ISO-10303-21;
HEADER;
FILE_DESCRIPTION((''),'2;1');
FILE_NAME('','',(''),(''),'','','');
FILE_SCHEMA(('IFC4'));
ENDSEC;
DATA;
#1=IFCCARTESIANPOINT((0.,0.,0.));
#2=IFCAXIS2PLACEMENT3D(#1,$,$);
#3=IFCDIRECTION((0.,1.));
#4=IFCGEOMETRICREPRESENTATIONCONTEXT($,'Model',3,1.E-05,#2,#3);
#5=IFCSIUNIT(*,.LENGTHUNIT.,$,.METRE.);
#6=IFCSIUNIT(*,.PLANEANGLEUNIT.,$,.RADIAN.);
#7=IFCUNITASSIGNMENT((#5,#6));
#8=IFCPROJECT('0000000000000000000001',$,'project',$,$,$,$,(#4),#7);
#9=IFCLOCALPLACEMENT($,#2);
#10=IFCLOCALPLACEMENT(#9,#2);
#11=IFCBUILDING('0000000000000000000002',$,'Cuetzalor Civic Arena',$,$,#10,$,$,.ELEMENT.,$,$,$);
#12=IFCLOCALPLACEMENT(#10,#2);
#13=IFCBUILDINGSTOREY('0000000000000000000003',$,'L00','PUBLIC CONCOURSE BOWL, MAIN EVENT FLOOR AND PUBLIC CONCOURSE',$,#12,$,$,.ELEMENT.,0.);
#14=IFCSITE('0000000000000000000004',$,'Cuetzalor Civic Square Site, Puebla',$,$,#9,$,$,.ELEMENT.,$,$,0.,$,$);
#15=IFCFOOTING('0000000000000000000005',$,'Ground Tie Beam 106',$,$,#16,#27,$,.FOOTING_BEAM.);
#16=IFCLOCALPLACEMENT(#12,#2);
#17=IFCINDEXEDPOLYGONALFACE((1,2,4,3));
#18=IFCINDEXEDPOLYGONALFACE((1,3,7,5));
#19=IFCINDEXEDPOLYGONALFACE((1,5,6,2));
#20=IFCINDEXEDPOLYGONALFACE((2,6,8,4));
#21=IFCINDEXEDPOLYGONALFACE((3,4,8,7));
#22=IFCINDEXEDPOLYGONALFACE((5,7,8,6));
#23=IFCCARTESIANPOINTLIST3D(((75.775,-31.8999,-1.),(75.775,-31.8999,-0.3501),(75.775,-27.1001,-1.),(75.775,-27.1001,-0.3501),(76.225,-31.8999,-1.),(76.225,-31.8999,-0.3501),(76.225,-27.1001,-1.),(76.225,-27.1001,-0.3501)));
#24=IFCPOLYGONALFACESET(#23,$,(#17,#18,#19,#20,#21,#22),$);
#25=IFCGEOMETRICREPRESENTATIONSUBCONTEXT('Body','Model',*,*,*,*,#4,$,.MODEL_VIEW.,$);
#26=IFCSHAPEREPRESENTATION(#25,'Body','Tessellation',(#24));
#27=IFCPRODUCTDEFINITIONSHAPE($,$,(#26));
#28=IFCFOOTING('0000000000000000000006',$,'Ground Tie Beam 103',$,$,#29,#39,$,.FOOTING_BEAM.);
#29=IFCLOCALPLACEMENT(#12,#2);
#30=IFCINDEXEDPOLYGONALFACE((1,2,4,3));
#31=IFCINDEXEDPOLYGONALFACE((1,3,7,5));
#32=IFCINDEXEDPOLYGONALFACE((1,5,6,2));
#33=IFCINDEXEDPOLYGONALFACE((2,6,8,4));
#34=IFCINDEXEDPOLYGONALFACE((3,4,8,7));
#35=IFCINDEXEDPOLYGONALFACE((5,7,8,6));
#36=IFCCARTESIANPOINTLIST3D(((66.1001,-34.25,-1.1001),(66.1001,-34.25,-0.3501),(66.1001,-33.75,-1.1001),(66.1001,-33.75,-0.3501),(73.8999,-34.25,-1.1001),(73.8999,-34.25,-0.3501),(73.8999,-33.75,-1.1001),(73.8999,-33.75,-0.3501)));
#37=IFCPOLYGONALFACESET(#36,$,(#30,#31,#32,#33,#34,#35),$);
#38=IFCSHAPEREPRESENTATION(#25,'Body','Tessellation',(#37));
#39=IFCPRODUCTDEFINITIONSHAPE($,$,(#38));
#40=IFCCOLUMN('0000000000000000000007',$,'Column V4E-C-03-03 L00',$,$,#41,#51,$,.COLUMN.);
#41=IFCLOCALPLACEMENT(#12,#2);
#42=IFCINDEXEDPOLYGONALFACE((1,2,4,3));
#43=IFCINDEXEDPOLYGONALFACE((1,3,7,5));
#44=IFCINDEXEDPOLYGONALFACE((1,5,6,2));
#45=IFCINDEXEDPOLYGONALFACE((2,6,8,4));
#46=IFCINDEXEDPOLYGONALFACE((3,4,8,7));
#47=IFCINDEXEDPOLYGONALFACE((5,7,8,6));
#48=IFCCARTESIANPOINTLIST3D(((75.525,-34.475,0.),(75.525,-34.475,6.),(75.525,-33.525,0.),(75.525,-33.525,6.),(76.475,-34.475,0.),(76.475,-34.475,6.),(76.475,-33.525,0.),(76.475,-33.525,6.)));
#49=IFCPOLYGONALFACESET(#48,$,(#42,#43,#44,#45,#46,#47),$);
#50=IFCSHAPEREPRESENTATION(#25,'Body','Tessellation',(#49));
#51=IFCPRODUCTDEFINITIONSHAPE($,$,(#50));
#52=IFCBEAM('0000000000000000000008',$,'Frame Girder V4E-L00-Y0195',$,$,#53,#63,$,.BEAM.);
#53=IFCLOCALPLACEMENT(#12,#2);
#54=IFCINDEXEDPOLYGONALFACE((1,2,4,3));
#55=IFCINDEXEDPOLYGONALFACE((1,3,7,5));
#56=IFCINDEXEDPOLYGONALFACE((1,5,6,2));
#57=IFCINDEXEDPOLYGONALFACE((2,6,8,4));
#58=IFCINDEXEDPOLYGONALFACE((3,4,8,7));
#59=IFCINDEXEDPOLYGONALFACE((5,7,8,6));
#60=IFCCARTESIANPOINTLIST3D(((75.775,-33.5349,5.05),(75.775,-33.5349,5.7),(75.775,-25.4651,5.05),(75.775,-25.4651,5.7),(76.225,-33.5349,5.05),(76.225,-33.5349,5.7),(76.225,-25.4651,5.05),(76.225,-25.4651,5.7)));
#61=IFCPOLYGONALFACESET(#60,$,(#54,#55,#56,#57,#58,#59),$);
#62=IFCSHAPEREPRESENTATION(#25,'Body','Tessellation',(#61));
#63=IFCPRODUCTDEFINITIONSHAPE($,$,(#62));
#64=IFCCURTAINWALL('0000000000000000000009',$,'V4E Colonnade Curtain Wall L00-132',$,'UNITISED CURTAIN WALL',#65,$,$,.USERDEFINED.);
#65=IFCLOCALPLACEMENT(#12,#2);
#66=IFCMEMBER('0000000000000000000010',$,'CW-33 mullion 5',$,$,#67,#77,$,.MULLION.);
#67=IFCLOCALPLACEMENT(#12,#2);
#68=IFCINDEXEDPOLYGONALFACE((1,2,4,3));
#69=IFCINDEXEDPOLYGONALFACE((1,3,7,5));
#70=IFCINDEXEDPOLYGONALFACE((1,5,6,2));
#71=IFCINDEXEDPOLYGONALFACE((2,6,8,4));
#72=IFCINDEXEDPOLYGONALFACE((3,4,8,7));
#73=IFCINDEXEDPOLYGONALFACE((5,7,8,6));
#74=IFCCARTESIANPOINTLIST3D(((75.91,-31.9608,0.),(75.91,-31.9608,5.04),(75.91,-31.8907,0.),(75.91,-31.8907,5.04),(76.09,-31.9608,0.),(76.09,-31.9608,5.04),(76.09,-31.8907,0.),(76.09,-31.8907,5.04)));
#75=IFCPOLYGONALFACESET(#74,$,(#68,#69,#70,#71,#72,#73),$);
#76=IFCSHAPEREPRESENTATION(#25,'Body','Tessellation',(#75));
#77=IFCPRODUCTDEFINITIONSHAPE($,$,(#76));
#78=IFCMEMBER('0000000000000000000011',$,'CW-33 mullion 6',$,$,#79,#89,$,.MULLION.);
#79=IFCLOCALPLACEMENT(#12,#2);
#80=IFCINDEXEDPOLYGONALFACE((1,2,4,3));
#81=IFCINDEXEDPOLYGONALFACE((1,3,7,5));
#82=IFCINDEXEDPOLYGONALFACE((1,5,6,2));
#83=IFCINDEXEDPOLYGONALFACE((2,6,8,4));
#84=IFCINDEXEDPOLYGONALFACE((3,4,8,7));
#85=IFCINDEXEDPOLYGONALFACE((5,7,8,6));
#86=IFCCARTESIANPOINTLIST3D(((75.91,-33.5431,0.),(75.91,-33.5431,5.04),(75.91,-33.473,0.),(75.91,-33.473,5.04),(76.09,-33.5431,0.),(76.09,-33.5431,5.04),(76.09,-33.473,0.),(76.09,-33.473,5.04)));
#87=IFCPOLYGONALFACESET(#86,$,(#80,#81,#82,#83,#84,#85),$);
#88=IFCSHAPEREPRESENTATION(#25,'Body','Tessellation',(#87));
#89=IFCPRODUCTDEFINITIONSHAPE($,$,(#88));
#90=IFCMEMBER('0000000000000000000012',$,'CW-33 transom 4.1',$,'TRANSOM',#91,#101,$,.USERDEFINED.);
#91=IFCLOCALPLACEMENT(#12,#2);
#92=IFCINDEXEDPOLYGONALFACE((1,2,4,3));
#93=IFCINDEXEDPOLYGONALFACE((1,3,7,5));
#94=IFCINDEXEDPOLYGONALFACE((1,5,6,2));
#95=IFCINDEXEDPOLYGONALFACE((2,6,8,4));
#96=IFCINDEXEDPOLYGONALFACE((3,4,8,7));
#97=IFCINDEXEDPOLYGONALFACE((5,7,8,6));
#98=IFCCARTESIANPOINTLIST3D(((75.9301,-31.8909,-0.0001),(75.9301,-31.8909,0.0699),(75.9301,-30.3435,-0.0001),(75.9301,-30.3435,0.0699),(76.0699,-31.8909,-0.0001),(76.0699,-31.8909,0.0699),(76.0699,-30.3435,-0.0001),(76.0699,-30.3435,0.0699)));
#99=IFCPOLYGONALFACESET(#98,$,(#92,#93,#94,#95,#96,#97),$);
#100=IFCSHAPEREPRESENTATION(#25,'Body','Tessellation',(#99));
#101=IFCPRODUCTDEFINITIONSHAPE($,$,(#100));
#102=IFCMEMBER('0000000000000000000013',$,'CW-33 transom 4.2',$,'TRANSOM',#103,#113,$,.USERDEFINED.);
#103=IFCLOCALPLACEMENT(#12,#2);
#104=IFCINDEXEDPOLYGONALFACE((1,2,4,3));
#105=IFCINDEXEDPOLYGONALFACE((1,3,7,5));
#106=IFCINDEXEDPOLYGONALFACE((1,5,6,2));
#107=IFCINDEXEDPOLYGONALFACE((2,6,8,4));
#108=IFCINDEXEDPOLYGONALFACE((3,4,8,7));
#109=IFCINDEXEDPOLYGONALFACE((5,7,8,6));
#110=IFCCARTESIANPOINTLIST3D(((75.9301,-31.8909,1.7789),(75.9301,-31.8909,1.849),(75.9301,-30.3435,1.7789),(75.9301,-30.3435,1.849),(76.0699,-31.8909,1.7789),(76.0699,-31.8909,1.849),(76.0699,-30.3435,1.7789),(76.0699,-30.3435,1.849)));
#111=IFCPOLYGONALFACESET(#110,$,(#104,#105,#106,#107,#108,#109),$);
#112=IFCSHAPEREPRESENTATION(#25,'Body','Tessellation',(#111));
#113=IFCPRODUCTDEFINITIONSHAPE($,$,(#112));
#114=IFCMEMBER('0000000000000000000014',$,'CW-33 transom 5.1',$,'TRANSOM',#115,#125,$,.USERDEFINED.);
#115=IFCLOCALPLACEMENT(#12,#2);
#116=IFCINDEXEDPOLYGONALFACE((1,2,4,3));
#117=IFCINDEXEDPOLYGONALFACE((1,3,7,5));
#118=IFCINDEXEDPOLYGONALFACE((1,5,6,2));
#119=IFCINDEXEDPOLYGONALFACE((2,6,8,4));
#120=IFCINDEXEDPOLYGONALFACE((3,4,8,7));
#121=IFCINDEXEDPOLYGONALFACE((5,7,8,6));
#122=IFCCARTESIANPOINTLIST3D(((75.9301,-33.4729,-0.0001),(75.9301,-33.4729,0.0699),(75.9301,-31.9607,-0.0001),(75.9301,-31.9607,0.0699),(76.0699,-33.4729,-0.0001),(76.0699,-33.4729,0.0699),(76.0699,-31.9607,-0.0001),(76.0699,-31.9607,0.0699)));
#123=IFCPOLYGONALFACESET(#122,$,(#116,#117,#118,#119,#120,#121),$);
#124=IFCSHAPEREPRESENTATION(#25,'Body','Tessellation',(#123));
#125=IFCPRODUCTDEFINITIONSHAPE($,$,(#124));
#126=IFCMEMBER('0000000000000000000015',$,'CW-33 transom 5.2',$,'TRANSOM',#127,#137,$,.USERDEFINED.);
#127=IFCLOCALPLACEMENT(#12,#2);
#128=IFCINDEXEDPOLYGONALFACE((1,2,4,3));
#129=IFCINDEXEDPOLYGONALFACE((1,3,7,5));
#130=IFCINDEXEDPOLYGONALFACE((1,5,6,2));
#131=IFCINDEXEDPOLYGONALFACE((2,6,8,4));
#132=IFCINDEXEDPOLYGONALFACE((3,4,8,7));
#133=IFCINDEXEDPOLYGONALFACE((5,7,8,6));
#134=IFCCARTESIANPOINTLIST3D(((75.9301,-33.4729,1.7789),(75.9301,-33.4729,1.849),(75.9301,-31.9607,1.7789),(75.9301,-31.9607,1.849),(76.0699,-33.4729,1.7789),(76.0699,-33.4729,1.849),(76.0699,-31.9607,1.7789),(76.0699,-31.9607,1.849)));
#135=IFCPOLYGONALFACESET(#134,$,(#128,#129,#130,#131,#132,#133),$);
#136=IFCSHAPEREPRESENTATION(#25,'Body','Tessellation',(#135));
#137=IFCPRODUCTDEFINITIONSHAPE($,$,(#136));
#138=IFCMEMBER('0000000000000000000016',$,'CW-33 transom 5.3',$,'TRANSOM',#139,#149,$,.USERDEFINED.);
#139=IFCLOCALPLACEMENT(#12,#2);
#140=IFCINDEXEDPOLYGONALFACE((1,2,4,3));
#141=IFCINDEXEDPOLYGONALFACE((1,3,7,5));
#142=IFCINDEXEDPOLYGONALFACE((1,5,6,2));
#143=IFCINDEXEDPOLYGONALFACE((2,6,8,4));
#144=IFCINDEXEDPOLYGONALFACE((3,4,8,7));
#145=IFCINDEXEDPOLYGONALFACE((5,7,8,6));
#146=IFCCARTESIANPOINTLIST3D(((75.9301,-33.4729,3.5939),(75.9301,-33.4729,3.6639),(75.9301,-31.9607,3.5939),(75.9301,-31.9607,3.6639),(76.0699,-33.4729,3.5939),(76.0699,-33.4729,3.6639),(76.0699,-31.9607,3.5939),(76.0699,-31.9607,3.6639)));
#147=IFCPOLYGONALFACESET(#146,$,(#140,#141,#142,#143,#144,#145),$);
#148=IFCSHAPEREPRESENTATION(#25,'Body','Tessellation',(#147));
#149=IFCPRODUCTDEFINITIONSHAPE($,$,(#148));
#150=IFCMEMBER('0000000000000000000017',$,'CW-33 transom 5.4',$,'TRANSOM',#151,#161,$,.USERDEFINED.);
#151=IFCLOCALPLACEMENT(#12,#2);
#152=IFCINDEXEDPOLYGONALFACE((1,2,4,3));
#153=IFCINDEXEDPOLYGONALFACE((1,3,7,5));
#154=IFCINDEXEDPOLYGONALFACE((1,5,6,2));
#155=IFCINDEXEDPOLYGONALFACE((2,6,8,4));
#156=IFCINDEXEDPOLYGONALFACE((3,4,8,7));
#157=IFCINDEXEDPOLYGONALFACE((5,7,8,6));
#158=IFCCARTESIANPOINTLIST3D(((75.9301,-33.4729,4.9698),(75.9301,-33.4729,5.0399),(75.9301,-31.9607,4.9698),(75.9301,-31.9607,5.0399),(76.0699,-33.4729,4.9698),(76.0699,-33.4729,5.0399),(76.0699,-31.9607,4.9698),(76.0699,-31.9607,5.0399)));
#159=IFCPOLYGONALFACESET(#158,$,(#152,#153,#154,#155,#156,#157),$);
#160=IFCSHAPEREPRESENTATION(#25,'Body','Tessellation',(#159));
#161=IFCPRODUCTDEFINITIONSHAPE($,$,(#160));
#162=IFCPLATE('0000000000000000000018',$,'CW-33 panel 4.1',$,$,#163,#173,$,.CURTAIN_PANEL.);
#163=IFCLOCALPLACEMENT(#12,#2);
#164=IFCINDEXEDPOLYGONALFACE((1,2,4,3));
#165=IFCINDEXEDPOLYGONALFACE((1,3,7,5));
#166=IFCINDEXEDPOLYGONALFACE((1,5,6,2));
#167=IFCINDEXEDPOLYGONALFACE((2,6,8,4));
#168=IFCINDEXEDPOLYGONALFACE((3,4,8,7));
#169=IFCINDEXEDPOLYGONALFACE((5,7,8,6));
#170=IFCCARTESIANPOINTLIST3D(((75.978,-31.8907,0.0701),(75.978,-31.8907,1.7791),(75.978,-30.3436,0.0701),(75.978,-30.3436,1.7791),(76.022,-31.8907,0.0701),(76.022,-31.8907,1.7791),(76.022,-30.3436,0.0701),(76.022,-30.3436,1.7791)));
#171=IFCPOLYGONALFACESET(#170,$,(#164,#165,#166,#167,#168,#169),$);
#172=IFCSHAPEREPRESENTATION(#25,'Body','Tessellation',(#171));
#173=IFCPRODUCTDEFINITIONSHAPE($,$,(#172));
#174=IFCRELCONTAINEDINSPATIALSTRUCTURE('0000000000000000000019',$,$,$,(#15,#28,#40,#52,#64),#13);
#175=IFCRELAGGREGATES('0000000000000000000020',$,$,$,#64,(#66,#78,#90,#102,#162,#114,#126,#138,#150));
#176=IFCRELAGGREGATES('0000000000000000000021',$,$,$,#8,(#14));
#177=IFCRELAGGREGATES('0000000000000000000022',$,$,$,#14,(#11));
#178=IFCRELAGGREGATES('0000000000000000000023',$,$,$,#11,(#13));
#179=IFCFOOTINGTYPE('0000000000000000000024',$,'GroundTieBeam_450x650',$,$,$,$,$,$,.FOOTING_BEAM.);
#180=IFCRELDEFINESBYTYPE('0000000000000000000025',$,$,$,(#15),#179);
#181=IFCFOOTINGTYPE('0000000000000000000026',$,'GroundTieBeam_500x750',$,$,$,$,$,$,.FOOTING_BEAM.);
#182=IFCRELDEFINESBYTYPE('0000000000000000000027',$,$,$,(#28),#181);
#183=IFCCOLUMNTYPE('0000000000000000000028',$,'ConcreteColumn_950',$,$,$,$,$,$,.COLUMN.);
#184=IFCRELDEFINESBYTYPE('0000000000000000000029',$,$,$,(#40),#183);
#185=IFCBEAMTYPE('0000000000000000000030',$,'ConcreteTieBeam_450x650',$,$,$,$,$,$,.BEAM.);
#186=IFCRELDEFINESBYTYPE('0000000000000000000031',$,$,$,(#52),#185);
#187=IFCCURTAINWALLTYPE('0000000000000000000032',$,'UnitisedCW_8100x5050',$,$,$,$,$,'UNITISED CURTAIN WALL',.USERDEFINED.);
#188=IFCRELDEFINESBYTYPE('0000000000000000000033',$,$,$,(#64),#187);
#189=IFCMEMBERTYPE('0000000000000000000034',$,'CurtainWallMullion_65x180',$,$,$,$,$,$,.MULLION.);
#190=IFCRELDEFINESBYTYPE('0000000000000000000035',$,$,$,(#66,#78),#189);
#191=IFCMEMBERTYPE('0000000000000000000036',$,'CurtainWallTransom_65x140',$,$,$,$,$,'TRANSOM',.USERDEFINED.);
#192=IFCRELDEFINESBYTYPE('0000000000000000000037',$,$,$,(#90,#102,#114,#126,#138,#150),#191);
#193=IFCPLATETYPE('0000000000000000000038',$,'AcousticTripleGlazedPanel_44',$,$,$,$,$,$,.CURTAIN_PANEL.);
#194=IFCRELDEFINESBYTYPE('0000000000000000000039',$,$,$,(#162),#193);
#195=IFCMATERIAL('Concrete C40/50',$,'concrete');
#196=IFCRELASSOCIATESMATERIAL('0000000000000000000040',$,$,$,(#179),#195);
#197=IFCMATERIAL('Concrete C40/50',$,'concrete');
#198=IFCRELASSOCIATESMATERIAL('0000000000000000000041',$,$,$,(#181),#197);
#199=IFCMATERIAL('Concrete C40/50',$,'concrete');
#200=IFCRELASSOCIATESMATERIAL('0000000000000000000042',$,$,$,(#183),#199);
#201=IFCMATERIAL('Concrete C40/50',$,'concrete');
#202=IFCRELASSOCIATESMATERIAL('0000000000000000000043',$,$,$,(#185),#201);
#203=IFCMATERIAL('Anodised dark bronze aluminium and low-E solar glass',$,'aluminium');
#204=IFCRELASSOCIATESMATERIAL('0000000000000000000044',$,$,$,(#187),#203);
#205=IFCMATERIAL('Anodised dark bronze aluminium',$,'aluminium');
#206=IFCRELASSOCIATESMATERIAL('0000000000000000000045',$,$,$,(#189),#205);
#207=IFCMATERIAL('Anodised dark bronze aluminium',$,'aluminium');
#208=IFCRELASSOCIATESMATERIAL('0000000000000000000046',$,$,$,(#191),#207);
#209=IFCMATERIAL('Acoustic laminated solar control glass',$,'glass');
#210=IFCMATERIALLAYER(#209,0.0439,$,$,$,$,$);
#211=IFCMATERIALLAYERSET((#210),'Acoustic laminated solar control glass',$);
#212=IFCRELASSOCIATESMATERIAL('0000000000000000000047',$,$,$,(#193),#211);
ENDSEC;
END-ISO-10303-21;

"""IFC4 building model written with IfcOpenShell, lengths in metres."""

from ifc_helpers import new_model, si_unit, direction, frame, origin, origin_2d, place, context, subcontext, project, spatial, rectangle, extrude, material, layer, layer_set, material_profile, profile_set, type_object, element, aggregate, save


model = new_model("IFC4")

# Units and contexts
model_context = context("Model", 3, precision=1e-05, world=origin(), true_north=direction((0.0, 1.0)))
body_context = subcontext(model_context, "Body", "Model", "MODEL_VIEW")
ifc_project = project(units=[si_unit("LENGTHUNIT", "METRE"), si_unit("PLANEANGLEUNIT", "RADIAN")], contexts=[model_context])

# Site, building, storey
site_placement = place(None, origin())
site = spatial("IfcSite", under=ifc_project, at=site_placement, Name="Cuetzalor Civic Square Site, Puebla", CompositionType="ELEMENT", RefElevation=0.0)
building_placement = place(site_placement, origin())
building = spatial("IfcBuilding", under=site, at=building_placement, Name="Cuetzalor Civic Arena", CompositionType="ELEMENT")
storey_placement = place(building_placement, origin())
storey = spatial("IfcBuildingStorey", under=building, at=storey_placement, Name="L00", Description="PUBLIC CONCOURSE BOWL, MAIN EVENT FLOOR AND PUBLIC CONCOURSE", CompositionType="ELEMENT", Elevation=0.0)

# Footings
ifc_material_1 = material(Name="Concrete C40/50", Category="concrete")
ifc_material_profile_1 = material_profile(ifc_material_1, rectangle(XDim=0.45, YDim=0.6499, at=origin_2d()), Name="RC 450x650")
ifc_profile_set_1 = profile_set([ifc_material_profile_1], Name="Concrete C40/50")
footing_type_1 = type_object("IfcFootingType", Name="GroundTieBeam_450x650", PredefinedType="FOOTING_BEAM", material=ifc_profile_set_1)
footing_1_placement = place(storey_placement, frame((76.0, -31.8999, -0.675), z_axis=(0.0, 1.0, 0.0), x_axis=(-1.0, 0.0, 0.0)))
element("IfcFooting", 1, at=footing_1_placement, inside=storey, type_object=footing_type_1, Name="Ground Tie Beam 106", PredefinedType="FOOTING_BEAM", context=body_context, shape_type="SweptSolid", body=[
    extrude(rectangle(XDim=0.45, YDim=0.6499, at=origin_2d()), origin(), (0.0, 0.0, 1.0), 4.7998),
])
ifc_material_2 = material(Name="Concrete C40/50", Category="concrete")
ifc_material_profile_2 = material_profile(ifc_material_2, rectangle(XDim=0.5, YDim=0.75, at=origin_2d()), Name="RC 500x750")
ifc_profile_set_2 = profile_set([ifc_material_profile_2], Name="Concrete C40/50")
footing_type_2 = type_object("IfcFootingType", Name="GroundTieBeam_500x750", PredefinedType="FOOTING_BEAM", material=ifc_profile_set_2)
footing_2_placement = place(storey_placement, frame((66.1001, -34.0, -0.7251), z_axis=(1.0, 0.0, 0.0), x_axis=(0.0, 1.0, 0.0)))
element("IfcFooting", 2, at=footing_2_placement, inside=storey, type_object=footing_type_2, Name="Ground Tie Beam 103", PredefinedType="FOOTING_BEAM", context=body_context, shape_type="SweptSolid", body=[
    extrude(rectangle(XDim=0.5, YDim=0.75, at=origin_2d()), origin(), (0.0, 0.0, 1.0), 7.7998),
])

# Column
ifc_material_3 = material(Name="Concrete C40/50", Category="concrete")
ifc_material_profile_3 = material_profile(ifc_material_3, rectangle(XDim=0.95, YDim=0.95, at=origin_2d()), Name="RC 950x950")
ifc_profile_set_3 = profile_set([ifc_material_profile_3], Name="Concrete C40/50")
column_type = type_object("IfcColumnType", Name="ConcreteColumn_950", PredefinedType="COLUMN", material=ifc_profile_set_3)
column_placement = place(storey_placement, frame((76.0, -34.0, 0.0), z_axis=(0.0, 0.0, 1.0), x_axis=(1.0, 0.0, 0.0)))
element("IfcColumn", 3, at=column_placement, inside=storey, type_object=column_type, Name="Column V4E-C-03-03 L00", PredefinedType="COLUMN", context=body_context, shape_type="SweptSolid", body=[
    extrude(rectangle(XDim=0.95, YDim=0.95, at=origin_2d()), origin(), (0.0, 0.0, 1.0), 6.0),
])

# Beam
ifc_material_4 = material(Name="Concrete C40/50", Category="concrete")
ifc_material_profile_4 = material_profile(ifc_material_4, rectangle(XDim=0.45, YDim=0.6499, at=origin_2d()), Name="RC 450x650")
ifc_profile_set_4 = profile_set([ifc_material_profile_4], Name="Concrete C40/50")
beam_type = type_object("IfcBeamType", Name="ConcreteTieBeam_450x650", PredefinedType="BEAM", material=ifc_profile_set_4)
beam_placement = place(storey_placement, frame((76.0, -33.5349, 5.375), z_axis=(0.0, 1.0, 0.0), x_axis=(-1.0, 0.0, 0.0)))
element("IfcBeam", 4, at=beam_placement, inside=storey, type_object=beam_type, Name="Frame Girder V4E-L00-Y0195", PredefinedType="BEAM", context=body_context, shape_type="SweptSolid", body=[
    extrude(rectangle(XDim=0.45, YDim=0.6499, at=origin_2d()), origin(), (0.0, 0.0, 1.0), 8.0698),
])

# Curtain wall, members, plate
ifc_material_5 = material(Name="Anodised dark bronze aluminium and low-E solar glass", Category="aluminium")
curtain_wall_type = type_object("IfcCurtainWallType", Name="UnitisedCW_8100x5050", ElementType="UNITISED CURTAIN WALL", PredefinedType="USERDEFINED", material=ifc_material_5)
curtain_wall_placement = place(storey_placement, origin())
curtain_wall = element("IfcCurtainWall", 5, at=curtain_wall_placement, inside=storey, type_object=curtain_wall_type, Name="V4E Colonnade Curtain Wall L00-132", ObjectType="UNITISED CURTAIN WALL", PredefinedType="USERDEFINED")
ifc_material_6 = material(Name="Anodised dark bronze aluminium", Category="aluminium")
ifc_material_profile_5 = material_profile(ifc_material_6, rectangle(XDim=0.0701, YDim=0.1799, at=origin_2d()), Name="ALU MULLION 70x180")
ifc_profile_set_5 = profile_set([ifc_material_profile_5], Name="Anodised dark bronze aluminium")
member_type_1 = type_object("IfcMemberType", Name="CurtainWallMullion_65x180", PredefinedType="MULLION", material=ifc_profile_set_5)
member_1_placement = place(storey_placement, frame((76.0, -31.9258, 0.0), z_axis=(0.0, 0.0, 1.0), x_axis=(0.0, -1.0, 0.0)))
member_1 = element("IfcMember", 6, at=member_1_placement, type_object=member_type_1, Name="CW-33 mullion 5", PredefinedType="MULLION", context=body_context, shape_type="SweptSolid", body=[
    extrude(rectangle(XDim=0.0701, YDim=0.1799, at=origin_2d()), origin(), (0.0, 0.0, 1.0), 5.04),
])
member_2_placement = place(storey_placement, frame((76.0, -33.5081, 0.0), z_axis=(0.0, 0.0, 1.0), x_axis=(0.0, -1.0, 0.0)))
member_2 = element("IfcMember", 7, at=member_2_placement, type_object=member_type_1, Name="CW-33 mullion 6", PredefinedType="MULLION", context=body_context, shape_type="SweptSolid", body=[
    extrude(rectangle(XDim=0.0701, YDim=0.1799, at=origin_2d()), origin(), (0.0, 0.0, 1.0), 5.04),
])
ifc_material_7 = material(Name="Anodised dark bronze aluminium", Category="aluminium")
ifc_material_profile_6 = material_profile(ifc_material_7, rectangle(XDim=0.1399, YDim=0.0701, at=origin_2d()), Name="ALU TRANSOM 70x140")
ifc_profile_set_6 = profile_set([ifc_material_profile_6], Name="Anodised dark bronze aluminium")
member_type_2 = type_object("IfcMemberType", Name="CurtainWallTransom_65x140", ElementType="TRANSOM", PredefinedType="USERDEFINED", material=ifc_profile_set_6)
member_3_placement = place(storey_placement, frame((76.0, -30.3435, 0.0349), z_axis=(0.0, -1.0, 0.0), x_axis=(1.0, 0.0, 0.0)))
member_3 = element("IfcMember", 8, at=member_3_placement, type_object=member_type_2, Name="CW-33 transom 4.1", ObjectType="TRANSOM", PredefinedType="USERDEFINED", context=body_context, shape_type="SweptSolid", body=[
    extrude(rectangle(XDim=0.1399, YDim=0.0701, at=origin_2d()), origin(), (0.0, 0.0, 1.0), 1.5474),
])
member_4_placement = place(storey_placement, frame((76.0, -30.3435, 1.814), z_axis=(0.0, -1.0, 0.0), x_axis=(1.0, 0.0, 0.0)))
member_4 = element("IfcMember", 9, at=member_4_placement, type_object=member_type_2, Name="CW-33 transom 4.2", ObjectType="TRANSOM", PredefinedType="USERDEFINED", context=body_context, shape_type="SweptSolid", body=[
    extrude(rectangle(XDim=0.1399, YDim=0.0701, at=origin_2d()), origin(), (0.0, 0.0, 1.0), 1.5474),
])
member_5_placement = place(storey_placement, frame((76.0, -31.9607, 0.0349), z_axis=(0.0, -1.0, 0.0), x_axis=(1.0, 0.0, 0.0)))
member_5 = element("IfcMember", 10, at=member_5_placement, type_object=member_type_2, Name="CW-33 transom 5.1", ObjectType="TRANSOM", PredefinedType="USERDEFINED", context=body_context, shape_type="SweptSolid", body=[
    extrude(rectangle(XDim=0.1399, YDim=0.0701, at=origin_2d()), origin(), (0.0, 0.0, 1.0), 1.5122),
])
member_6_placement = place(storey_placement, frame((76.0, -31.9607, 1.814), z_axis=(0.0, -1.0, 0.0), x_axis=(1.0, 0.0, 0.0)))
member_6 = element("IfcMember", 11, at=member_6_placement, type_object=member_type_2, Name="CW-33 transom 5.2", ObjectType="TRANSOM", PredefinedType="USERDEFINED", context=body_context, shape_type="SweptSolid", body=[
    extrude(rectangle(XDim=0.1399, YDim=0.0701, at=origin_2d()), origin(), (0.0, 0.0, 1.0), 1.5122),
])
member_7_placement = place(storey_placement, frame((76.0, -31.9607, 3.6289), z_axis=(0.0, -1.0, 0.0), x_axis=(1.0, 0.0, 0.0)))
member_7 = element("IfcMember", 12, at=member_7_placement, type_object=member_type_2, Name="CW-33 transom 5.3", ObjectType="TRANSOM", PredefinedType="USERDEFINED", context=body_context, shape_type="SweptSolid", body=[
    extrude(rectangle(XDim=0.1399, YDim=0.0701, at=origin_2d()), origin(), (0.0, 0.0, 1.0), 1.5122),
])
member_8_placement = place(storey_placement, frame((76.0, -31.9607, 5.0049), z_axis=(0.0, -1.0, 0.0), x_axis=(1.0, 0.0, 0.0)))
member_8 = element("IfcMember", 13, at=member_8_placement, type_object=member_type_2, Name="CW-33 transom 5.4", ObjectType="TRANSOM", PredefinedType="USERDEFINED", context=body_context, shape_type="SweptSolid", body=[
    extrude(rectangle(XDim=0.1399, YDim=0.0701, at=origin_2d()), origin(), (0.0, 0.0, 1.0), 1.5122),
])
ifc_material_8 = material(Name="Acoustic laminated solar control glass", Category="glass")
ifc_layer_1 = layer(ifc_material_8, 0.0439)
ifc_layer_set_1 = layer_set([ifc_layer_1], Name="Acoustic laminated solar control glass")
plate_type = type_object("IfcPlateType", Name="AcousticTripleGlazedPanel_44", PredefinedType="CURTAIN_PANEL", material=ifc_layer_set_1)
plate_1_placement = place(storey_placement, frame((76.0, -31.1172, 0.0701), z_axis=(0.0, 0.0, 1.0), x_axis=(0.0, -1.0, 0.0)))
plate_1 = element("IfcPlate", 14, at=plate_1_placement, type_object=plate_type, Name="CW-33 panel 4.1", PredefinedType="CURTAIN_PANEL", context=body_context, shape_type="SweptSolid", body=[
    extrude(rectangle(XDim=1.5471, YDim=0.0439, at=origin_2d()), origin(), (0.0, 0.0, 1.0), 1.709),
])
aggregate(curtain_wall, [member_1, member_2, member_3, member_4, plate_1, member_5, member_6, member_7, member_8])

save(model, "model.ifc")
